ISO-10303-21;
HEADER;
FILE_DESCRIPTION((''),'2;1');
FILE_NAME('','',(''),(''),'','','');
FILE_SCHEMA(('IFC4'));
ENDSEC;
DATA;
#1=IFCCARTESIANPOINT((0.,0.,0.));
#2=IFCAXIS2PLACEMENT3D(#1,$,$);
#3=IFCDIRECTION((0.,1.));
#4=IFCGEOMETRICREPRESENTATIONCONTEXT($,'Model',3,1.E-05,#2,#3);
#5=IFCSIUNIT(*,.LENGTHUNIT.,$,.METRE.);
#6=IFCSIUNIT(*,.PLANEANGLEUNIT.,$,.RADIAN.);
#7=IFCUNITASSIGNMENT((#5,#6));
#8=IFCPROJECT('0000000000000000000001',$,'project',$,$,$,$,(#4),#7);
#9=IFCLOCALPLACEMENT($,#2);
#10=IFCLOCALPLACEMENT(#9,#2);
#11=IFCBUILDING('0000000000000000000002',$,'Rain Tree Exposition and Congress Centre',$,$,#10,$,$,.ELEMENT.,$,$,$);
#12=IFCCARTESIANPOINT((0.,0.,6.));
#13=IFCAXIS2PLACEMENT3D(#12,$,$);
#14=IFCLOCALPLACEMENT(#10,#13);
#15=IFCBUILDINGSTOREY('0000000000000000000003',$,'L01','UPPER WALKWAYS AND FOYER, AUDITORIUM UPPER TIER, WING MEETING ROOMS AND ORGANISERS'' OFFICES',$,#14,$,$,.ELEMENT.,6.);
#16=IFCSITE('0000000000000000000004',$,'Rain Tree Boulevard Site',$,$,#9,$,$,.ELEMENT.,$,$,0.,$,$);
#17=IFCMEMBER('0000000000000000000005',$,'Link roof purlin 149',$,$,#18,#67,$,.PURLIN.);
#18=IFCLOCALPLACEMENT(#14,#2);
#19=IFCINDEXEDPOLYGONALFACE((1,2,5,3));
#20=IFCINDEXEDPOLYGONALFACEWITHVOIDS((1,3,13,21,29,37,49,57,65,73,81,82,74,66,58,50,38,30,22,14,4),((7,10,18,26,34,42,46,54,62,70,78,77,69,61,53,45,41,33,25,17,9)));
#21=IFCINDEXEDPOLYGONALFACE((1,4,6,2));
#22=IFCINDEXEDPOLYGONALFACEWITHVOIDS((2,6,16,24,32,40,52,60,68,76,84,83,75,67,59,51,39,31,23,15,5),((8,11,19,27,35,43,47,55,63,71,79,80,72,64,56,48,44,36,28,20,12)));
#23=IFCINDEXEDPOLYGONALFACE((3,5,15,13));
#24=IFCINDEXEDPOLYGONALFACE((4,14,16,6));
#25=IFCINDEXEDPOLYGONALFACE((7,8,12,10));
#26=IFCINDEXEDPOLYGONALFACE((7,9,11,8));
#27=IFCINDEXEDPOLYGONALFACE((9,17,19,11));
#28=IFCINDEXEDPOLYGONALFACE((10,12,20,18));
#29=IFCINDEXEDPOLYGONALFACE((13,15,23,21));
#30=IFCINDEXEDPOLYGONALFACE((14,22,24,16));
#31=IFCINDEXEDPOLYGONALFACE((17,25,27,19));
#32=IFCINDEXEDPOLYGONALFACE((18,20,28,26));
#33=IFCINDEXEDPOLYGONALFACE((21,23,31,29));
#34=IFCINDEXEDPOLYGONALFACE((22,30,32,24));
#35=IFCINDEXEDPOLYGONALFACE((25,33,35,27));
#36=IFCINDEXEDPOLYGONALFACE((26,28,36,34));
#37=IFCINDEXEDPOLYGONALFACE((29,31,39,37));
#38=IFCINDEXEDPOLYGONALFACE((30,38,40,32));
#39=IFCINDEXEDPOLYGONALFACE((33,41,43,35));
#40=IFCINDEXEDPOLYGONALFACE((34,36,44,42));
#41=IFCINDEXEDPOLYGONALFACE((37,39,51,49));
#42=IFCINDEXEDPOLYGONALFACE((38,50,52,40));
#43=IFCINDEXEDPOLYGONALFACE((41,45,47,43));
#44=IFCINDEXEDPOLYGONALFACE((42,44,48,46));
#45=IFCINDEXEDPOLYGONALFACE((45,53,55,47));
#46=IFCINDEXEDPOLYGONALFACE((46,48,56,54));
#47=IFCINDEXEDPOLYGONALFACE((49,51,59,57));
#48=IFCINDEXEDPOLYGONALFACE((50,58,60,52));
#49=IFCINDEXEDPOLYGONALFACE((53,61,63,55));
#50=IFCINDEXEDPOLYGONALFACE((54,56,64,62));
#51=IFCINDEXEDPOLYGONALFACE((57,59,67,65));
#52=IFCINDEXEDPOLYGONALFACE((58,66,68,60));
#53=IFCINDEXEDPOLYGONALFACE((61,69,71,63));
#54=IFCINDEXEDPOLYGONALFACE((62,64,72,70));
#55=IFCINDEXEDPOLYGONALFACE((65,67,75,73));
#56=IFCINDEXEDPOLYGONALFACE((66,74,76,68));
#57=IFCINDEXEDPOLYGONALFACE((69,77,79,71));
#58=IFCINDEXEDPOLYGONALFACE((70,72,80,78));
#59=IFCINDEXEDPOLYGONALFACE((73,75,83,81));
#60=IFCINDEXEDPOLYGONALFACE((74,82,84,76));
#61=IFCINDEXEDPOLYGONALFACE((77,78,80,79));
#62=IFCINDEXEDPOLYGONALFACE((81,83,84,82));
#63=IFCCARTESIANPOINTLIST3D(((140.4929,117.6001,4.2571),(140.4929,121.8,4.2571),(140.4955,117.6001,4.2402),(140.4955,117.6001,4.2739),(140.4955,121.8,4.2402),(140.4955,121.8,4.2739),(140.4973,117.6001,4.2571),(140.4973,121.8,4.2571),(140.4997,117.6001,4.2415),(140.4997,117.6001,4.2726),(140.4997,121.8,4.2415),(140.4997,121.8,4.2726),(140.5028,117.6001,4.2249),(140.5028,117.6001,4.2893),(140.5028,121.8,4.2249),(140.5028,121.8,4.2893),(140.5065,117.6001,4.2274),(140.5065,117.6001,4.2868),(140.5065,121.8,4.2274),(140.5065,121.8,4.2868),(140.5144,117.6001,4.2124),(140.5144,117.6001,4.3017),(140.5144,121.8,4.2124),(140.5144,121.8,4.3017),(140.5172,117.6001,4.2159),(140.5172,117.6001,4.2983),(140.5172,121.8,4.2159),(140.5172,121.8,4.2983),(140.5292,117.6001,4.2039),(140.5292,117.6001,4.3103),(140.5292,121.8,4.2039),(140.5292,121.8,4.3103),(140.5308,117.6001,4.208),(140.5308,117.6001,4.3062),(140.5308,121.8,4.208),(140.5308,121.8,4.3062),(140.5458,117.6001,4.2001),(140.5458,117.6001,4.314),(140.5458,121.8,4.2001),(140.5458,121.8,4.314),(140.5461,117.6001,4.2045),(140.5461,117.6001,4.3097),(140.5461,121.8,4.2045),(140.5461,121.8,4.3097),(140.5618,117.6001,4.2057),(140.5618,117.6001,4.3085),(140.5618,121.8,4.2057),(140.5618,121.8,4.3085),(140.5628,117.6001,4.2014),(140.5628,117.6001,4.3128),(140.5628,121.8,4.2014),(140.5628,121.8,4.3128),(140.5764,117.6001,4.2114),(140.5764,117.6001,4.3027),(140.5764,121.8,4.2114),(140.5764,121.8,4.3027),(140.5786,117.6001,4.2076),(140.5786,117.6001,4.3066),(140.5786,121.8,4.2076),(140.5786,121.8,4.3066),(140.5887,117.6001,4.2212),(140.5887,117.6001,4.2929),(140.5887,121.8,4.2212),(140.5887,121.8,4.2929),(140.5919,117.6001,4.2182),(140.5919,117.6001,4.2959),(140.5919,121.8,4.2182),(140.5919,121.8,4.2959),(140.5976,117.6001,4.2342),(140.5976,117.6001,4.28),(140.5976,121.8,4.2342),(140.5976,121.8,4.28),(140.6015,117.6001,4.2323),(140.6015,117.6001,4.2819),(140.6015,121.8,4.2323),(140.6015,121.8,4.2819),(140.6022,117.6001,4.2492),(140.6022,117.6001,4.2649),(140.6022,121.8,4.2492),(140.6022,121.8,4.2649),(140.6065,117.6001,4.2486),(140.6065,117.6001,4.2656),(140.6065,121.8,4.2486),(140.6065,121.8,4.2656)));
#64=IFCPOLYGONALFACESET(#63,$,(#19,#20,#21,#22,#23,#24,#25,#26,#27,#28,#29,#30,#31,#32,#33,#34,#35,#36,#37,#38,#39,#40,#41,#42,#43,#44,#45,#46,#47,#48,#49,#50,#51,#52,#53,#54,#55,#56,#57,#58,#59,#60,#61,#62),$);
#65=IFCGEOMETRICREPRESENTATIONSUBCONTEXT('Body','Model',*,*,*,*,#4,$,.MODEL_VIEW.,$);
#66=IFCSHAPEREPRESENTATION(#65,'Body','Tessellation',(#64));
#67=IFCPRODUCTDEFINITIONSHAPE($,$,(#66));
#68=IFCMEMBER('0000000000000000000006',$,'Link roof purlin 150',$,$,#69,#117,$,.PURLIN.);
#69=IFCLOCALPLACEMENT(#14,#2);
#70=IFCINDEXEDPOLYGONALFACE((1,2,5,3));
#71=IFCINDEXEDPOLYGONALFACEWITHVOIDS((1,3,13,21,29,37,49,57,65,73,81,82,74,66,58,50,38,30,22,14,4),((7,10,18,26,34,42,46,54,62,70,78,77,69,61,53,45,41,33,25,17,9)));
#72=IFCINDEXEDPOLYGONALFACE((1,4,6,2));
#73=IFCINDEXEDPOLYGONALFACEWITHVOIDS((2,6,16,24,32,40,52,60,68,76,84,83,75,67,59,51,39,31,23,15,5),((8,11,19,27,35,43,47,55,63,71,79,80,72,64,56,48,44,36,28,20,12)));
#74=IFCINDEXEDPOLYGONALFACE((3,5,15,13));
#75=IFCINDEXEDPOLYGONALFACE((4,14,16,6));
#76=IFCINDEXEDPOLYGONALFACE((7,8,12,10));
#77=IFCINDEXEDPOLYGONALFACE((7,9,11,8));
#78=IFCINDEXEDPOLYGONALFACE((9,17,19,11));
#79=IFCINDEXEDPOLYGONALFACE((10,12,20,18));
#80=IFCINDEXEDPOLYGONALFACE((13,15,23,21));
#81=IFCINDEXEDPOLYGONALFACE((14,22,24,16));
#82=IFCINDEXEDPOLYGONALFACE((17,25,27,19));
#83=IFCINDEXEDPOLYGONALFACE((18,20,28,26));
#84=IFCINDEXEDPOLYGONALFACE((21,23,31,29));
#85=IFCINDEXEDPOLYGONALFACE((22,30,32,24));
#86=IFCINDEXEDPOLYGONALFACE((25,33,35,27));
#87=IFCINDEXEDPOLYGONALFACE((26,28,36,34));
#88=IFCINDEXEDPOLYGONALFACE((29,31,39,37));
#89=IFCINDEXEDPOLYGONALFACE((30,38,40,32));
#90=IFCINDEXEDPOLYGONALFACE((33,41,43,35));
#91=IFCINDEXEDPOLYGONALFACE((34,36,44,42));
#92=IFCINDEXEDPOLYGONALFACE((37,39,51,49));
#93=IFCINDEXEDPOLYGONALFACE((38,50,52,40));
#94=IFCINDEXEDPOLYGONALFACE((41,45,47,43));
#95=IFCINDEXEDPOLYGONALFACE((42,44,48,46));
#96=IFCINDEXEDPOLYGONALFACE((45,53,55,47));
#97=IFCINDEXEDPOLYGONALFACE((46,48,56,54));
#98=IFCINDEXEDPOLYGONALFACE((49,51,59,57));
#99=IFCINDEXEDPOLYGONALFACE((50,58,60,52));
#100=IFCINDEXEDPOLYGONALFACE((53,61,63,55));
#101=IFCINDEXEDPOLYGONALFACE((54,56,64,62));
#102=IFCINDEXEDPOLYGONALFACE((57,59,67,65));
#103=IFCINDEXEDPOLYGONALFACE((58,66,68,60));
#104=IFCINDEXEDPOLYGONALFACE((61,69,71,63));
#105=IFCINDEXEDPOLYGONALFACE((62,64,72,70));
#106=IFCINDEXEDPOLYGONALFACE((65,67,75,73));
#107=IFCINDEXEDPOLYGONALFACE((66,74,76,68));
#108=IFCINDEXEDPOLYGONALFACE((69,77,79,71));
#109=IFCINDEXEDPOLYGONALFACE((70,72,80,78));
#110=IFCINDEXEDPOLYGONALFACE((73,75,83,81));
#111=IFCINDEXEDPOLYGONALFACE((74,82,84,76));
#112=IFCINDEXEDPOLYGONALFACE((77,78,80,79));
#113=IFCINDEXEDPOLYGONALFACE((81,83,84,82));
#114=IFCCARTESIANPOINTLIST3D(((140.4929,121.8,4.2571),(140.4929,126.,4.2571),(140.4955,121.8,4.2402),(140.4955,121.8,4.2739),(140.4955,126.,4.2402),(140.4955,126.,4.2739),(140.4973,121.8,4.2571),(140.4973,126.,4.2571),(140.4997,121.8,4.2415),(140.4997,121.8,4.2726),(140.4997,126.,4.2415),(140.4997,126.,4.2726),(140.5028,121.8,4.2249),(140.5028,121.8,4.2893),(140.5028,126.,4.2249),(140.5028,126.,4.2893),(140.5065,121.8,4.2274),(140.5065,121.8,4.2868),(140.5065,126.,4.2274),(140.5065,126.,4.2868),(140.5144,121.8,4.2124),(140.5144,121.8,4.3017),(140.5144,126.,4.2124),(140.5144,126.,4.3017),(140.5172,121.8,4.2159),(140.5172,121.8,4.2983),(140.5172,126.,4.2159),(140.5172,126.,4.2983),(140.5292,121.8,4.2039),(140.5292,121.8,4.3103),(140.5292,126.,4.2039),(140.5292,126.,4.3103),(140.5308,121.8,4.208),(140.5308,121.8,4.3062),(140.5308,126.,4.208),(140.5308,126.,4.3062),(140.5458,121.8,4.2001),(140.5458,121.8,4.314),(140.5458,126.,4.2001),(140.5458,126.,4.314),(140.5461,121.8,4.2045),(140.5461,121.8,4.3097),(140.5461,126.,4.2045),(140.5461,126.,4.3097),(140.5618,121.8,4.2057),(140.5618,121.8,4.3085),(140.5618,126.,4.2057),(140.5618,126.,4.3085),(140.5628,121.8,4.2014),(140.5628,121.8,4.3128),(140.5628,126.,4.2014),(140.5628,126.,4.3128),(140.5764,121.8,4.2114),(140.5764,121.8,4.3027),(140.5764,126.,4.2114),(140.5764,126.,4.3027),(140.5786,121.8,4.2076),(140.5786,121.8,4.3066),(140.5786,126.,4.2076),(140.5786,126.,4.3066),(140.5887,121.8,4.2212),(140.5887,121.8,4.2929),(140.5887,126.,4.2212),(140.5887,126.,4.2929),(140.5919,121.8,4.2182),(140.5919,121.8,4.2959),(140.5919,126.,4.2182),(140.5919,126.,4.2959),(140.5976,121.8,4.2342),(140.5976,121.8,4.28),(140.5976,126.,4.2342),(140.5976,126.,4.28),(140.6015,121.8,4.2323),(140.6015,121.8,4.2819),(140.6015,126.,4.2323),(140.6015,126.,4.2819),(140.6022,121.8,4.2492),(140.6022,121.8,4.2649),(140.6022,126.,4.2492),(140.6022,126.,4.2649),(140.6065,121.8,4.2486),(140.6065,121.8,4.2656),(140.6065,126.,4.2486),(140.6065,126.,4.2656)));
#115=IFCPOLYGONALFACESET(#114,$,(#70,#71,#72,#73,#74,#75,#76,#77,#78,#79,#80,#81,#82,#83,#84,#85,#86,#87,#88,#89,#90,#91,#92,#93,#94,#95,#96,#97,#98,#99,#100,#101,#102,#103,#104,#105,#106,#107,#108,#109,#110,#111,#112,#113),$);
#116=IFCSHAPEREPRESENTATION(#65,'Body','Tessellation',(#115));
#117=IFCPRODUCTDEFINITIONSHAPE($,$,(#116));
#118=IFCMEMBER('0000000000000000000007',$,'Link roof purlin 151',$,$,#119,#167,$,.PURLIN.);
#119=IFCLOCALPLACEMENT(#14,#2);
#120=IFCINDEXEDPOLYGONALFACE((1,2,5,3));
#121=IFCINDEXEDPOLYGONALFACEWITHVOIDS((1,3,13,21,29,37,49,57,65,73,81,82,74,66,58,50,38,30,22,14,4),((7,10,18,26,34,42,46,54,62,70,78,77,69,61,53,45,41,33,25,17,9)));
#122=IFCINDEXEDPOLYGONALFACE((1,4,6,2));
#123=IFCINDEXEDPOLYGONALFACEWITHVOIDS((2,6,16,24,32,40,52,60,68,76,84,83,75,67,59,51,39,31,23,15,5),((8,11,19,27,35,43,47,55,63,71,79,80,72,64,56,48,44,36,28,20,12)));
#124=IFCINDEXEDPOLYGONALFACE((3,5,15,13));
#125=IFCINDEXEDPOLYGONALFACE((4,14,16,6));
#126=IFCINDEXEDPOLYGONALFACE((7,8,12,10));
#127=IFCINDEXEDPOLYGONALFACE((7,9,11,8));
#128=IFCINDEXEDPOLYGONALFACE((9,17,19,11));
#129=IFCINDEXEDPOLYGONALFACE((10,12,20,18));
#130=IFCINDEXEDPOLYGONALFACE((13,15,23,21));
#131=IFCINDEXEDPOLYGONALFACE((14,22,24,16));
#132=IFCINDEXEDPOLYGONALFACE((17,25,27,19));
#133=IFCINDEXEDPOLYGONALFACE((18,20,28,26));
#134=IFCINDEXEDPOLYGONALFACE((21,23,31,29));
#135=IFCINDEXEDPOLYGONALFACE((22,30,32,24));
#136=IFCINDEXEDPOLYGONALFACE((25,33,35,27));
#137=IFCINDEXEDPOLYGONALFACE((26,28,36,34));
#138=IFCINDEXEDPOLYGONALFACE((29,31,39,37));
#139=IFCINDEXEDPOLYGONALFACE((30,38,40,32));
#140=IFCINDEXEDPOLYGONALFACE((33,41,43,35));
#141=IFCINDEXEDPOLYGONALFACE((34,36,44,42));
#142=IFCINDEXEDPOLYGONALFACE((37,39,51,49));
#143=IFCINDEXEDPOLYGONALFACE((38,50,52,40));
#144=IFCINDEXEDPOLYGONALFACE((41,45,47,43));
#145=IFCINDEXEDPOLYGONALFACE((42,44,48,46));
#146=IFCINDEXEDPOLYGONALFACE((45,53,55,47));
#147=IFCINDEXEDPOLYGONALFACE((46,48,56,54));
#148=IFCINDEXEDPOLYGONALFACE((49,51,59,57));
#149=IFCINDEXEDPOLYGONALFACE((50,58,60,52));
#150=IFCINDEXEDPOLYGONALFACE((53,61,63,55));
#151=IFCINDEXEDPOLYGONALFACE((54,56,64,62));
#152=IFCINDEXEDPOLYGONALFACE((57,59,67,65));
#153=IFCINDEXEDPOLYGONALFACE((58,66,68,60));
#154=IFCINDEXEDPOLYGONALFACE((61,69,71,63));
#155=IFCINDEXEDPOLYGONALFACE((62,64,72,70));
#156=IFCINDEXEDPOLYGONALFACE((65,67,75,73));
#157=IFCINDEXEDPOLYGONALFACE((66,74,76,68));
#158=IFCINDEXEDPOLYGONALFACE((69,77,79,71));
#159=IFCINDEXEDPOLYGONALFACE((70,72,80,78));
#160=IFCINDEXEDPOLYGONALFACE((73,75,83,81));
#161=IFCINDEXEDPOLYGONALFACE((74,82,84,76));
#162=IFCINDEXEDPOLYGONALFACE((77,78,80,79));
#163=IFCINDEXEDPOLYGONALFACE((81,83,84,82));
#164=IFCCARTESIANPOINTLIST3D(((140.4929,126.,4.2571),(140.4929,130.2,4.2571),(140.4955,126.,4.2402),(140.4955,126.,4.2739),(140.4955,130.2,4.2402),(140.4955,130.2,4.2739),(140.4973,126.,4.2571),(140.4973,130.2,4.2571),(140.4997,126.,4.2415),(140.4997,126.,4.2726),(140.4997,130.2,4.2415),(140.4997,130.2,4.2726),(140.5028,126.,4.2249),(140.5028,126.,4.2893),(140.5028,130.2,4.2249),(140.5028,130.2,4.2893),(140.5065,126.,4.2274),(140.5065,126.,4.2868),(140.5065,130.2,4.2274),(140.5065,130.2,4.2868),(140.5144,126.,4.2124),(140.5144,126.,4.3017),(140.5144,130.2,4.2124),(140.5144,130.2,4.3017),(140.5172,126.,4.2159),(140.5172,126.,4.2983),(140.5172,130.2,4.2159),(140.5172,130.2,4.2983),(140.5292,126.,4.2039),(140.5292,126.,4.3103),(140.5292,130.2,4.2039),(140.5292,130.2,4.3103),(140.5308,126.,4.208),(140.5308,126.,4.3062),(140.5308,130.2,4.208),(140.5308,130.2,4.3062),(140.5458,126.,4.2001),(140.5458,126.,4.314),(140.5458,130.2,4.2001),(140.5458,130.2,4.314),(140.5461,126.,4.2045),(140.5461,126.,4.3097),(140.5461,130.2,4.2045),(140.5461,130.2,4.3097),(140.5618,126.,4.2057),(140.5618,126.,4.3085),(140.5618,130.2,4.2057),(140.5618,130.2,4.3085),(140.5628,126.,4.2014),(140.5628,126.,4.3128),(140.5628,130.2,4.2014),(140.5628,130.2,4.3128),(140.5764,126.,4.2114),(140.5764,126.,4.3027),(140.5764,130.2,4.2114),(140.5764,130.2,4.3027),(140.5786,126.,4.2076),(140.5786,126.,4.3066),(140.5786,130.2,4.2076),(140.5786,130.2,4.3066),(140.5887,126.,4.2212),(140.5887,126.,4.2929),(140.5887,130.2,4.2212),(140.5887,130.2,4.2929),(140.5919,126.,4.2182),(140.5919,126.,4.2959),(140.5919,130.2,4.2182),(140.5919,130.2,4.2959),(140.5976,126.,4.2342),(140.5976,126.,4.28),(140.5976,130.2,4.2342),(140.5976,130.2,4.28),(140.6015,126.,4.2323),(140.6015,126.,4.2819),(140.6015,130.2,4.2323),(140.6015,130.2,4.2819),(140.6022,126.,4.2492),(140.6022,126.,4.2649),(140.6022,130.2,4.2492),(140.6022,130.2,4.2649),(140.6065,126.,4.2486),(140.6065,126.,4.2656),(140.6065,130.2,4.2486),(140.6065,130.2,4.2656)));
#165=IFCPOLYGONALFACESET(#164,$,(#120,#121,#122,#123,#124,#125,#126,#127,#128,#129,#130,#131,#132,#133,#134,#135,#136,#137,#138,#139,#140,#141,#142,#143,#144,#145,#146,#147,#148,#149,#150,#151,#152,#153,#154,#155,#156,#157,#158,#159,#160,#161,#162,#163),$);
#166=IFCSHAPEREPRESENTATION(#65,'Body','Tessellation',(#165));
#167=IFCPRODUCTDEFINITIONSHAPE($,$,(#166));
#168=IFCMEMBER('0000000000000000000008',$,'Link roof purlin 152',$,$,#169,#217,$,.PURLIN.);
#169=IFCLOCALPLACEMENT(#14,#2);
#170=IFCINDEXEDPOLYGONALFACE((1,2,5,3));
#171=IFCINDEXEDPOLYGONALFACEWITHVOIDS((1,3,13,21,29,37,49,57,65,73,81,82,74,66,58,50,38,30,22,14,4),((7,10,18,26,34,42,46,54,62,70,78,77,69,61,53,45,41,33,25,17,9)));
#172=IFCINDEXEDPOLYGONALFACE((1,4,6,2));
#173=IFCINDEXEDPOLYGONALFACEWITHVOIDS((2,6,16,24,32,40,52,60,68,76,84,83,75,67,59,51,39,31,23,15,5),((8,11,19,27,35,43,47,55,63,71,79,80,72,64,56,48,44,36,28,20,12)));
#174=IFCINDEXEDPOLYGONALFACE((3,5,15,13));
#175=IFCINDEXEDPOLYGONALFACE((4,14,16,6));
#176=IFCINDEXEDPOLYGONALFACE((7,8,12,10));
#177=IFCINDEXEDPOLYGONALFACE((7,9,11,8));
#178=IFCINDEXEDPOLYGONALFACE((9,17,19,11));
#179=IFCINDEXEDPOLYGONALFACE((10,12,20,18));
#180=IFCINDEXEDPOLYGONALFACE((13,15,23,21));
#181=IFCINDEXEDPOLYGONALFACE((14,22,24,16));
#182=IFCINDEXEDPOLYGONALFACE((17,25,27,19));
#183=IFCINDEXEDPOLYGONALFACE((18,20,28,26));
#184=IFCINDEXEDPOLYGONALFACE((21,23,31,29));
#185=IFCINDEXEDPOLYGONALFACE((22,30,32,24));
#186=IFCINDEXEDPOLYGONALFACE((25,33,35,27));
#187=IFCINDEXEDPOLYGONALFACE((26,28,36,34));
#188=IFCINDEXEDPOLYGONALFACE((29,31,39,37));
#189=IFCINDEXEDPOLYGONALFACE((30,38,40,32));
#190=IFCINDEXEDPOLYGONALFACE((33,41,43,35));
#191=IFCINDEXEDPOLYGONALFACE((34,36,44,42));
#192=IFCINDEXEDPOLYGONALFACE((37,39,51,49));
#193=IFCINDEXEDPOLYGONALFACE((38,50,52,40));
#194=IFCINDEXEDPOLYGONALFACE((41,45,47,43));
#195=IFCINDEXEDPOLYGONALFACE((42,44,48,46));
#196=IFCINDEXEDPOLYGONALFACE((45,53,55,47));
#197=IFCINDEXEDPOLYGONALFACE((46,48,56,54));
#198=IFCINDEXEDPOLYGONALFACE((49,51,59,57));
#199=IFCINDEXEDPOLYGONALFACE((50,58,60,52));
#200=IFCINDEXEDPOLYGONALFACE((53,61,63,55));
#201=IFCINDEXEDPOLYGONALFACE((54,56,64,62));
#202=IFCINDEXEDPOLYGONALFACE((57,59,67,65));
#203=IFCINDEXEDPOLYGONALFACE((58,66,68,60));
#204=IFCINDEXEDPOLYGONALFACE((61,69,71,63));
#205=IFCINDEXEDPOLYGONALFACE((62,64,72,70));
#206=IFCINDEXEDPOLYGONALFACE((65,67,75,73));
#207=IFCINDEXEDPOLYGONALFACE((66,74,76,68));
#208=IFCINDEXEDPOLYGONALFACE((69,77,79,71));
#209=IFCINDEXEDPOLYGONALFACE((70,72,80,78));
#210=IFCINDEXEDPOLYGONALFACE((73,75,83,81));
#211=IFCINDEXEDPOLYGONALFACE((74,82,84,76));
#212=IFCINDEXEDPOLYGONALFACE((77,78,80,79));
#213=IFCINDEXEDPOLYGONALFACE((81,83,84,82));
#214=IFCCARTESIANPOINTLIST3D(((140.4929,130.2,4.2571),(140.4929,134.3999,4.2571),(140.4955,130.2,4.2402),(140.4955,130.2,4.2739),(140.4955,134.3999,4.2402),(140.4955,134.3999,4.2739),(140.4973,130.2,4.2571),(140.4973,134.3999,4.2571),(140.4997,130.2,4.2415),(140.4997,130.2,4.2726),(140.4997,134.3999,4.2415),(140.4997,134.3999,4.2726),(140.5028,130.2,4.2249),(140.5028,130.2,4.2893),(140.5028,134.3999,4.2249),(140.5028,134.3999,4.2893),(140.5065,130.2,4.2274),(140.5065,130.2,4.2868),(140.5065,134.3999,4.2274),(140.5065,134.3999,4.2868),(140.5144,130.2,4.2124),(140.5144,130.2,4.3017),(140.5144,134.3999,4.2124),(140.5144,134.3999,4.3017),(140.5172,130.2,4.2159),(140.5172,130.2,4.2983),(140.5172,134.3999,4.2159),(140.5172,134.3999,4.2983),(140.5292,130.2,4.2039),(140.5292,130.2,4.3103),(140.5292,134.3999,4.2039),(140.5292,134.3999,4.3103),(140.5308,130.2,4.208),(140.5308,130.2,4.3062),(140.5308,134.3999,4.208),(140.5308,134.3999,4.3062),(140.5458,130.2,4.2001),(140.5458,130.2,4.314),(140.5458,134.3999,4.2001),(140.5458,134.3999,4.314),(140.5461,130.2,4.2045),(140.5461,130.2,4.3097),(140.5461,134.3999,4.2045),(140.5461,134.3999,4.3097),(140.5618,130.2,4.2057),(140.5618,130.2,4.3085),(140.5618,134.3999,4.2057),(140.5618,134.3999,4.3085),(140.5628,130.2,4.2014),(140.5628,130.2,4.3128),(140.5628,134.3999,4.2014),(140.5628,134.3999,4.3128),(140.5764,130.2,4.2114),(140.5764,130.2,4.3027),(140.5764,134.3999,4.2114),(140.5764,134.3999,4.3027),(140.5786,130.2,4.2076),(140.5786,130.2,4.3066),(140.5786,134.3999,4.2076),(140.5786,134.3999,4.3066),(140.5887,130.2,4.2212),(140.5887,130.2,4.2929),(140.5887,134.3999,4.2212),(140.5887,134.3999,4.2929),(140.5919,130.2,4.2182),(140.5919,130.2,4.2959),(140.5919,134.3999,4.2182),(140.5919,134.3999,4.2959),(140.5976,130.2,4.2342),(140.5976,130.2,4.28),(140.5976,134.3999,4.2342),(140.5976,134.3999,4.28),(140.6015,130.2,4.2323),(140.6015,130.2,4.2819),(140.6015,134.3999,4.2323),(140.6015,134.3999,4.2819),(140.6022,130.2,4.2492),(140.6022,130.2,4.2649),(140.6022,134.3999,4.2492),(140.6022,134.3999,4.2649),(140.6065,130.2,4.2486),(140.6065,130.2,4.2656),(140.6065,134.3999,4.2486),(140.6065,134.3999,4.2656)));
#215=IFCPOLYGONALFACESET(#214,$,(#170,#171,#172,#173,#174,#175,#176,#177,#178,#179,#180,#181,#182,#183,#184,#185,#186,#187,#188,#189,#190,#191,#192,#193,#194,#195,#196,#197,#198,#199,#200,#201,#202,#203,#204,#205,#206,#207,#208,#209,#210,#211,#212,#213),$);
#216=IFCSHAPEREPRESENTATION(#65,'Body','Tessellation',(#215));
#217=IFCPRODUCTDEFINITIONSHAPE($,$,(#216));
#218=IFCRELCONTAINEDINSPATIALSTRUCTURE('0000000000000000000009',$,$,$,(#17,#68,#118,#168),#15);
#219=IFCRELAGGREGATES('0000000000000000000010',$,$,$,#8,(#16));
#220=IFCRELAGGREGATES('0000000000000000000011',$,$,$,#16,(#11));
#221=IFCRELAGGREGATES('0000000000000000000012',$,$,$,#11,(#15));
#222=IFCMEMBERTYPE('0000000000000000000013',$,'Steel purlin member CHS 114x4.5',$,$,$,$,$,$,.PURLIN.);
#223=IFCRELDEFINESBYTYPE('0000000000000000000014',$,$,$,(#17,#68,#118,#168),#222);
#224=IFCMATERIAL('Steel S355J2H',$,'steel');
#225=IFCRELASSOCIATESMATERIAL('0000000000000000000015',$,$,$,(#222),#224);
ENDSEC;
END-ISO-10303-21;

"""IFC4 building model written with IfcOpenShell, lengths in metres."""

from ifc_helpers import new_model, si_unit, direction, frame, origin, origin_2d, place, context, subcontext, project, spatial, hollow_circle, extrude, material, material_profile, profile_set, type_object, element, save


model = new_model("IFC4")

# Units and contexts
model_context = context("Model", 3, precision=1e-05, world=origin(), true_north=direction((0.0, 1.0)))
body_context = subcontext(model_context, "Body", "Model", "MODEL_VIEW")
ifc_project = project(units=[si_unit("LENGTHUNIT", "METRE"), si_unit("PLANEANGLEUNIT", "RADIAN")], contexts=[model_context])

# Site, building, storey
site_placement = place(None, origin())
site = spatial("IfcSite", under=ifc_project, at=site_placement, Name="Rain Tree Boulevard Site", CompositionType="ELEMENT", RefElevation=0.0)
building_placement = place(site_placement, origin())
building = spatial("IfcBuilding", under=site, at=building_placement, Name="Rain Tree Exposition and Congress Centre", CompositionType="ELEMENT")
storey_placement = place(building_placement, frame((0.0, 0.0, 6.0)))
storey = spatial("IfcBuildingStorey", under=building, at=storey_placement, Name="L01", Description="UPPER WALKWAYS AND FOYER, AUDITORIUM UPPER TIER, WING MEETING ROOMS AND ORGANISERS' OFFICES", CompositionType="ELEMENT", Elevation=6.0)

# Members
ifc_material = material(Name="Steel S355J2H", Category="steel")
ifc_material_profile = material_profile(ifc_material, hollow_circle(Radius=0.0571, WallThickness=0.0044, at=origin_2d()), Name="CHS 114x4.5")
ifc_profile_set = profile_set([ifc_material_profile], Name="Steel S355J2H")
member_type = type_object("IfcMemberType", Name="Steel purlin member CHS 114x4.5", PredefinedType="PURLIN", material=ifc_profile_set)
for number, where, z_axis, x_axis, name in (
    (1, (140.55, 117.6001, 4.2571), (0.0, 1.0, 0.0), (-1.0, 0.0, 0.0), "Link roof purlin 149"),
    (2, (140.55, 121.8, 4.2571), (0.0, 1.0, 0.0), (-1.0, 0.0, 0.0), "Link roof purlin 150"),
    (3, (140.55, 126.0, 4.2571), (0.0, 1.0, 0.0), (-1.0, 0.0, 0.0), "Link roof purlin 151"),
    (4, (140.55, 130.2, 4.2571), (0.0, 1.0, 0.0), (-1.0, 0.0, 0.0), "Link roof purlin 152"),
):
    element("IfcMember", number, at=place(storey_placement, frame(where, z_axis=z_axis, x_axis=x_axis)), inside=storey, type_object=member_type, Name=name, PredefinedType="PURLIN", context=body_context, shape_type="SweptSolid", body=[
        extrude(hollow_circle(Radius=0.0571, WallThickness=0.0044, at=origin_2d()), origin(), (0.0, 0.0, 1.0), 4.2),
    ])

save(model, "model.ifc")
